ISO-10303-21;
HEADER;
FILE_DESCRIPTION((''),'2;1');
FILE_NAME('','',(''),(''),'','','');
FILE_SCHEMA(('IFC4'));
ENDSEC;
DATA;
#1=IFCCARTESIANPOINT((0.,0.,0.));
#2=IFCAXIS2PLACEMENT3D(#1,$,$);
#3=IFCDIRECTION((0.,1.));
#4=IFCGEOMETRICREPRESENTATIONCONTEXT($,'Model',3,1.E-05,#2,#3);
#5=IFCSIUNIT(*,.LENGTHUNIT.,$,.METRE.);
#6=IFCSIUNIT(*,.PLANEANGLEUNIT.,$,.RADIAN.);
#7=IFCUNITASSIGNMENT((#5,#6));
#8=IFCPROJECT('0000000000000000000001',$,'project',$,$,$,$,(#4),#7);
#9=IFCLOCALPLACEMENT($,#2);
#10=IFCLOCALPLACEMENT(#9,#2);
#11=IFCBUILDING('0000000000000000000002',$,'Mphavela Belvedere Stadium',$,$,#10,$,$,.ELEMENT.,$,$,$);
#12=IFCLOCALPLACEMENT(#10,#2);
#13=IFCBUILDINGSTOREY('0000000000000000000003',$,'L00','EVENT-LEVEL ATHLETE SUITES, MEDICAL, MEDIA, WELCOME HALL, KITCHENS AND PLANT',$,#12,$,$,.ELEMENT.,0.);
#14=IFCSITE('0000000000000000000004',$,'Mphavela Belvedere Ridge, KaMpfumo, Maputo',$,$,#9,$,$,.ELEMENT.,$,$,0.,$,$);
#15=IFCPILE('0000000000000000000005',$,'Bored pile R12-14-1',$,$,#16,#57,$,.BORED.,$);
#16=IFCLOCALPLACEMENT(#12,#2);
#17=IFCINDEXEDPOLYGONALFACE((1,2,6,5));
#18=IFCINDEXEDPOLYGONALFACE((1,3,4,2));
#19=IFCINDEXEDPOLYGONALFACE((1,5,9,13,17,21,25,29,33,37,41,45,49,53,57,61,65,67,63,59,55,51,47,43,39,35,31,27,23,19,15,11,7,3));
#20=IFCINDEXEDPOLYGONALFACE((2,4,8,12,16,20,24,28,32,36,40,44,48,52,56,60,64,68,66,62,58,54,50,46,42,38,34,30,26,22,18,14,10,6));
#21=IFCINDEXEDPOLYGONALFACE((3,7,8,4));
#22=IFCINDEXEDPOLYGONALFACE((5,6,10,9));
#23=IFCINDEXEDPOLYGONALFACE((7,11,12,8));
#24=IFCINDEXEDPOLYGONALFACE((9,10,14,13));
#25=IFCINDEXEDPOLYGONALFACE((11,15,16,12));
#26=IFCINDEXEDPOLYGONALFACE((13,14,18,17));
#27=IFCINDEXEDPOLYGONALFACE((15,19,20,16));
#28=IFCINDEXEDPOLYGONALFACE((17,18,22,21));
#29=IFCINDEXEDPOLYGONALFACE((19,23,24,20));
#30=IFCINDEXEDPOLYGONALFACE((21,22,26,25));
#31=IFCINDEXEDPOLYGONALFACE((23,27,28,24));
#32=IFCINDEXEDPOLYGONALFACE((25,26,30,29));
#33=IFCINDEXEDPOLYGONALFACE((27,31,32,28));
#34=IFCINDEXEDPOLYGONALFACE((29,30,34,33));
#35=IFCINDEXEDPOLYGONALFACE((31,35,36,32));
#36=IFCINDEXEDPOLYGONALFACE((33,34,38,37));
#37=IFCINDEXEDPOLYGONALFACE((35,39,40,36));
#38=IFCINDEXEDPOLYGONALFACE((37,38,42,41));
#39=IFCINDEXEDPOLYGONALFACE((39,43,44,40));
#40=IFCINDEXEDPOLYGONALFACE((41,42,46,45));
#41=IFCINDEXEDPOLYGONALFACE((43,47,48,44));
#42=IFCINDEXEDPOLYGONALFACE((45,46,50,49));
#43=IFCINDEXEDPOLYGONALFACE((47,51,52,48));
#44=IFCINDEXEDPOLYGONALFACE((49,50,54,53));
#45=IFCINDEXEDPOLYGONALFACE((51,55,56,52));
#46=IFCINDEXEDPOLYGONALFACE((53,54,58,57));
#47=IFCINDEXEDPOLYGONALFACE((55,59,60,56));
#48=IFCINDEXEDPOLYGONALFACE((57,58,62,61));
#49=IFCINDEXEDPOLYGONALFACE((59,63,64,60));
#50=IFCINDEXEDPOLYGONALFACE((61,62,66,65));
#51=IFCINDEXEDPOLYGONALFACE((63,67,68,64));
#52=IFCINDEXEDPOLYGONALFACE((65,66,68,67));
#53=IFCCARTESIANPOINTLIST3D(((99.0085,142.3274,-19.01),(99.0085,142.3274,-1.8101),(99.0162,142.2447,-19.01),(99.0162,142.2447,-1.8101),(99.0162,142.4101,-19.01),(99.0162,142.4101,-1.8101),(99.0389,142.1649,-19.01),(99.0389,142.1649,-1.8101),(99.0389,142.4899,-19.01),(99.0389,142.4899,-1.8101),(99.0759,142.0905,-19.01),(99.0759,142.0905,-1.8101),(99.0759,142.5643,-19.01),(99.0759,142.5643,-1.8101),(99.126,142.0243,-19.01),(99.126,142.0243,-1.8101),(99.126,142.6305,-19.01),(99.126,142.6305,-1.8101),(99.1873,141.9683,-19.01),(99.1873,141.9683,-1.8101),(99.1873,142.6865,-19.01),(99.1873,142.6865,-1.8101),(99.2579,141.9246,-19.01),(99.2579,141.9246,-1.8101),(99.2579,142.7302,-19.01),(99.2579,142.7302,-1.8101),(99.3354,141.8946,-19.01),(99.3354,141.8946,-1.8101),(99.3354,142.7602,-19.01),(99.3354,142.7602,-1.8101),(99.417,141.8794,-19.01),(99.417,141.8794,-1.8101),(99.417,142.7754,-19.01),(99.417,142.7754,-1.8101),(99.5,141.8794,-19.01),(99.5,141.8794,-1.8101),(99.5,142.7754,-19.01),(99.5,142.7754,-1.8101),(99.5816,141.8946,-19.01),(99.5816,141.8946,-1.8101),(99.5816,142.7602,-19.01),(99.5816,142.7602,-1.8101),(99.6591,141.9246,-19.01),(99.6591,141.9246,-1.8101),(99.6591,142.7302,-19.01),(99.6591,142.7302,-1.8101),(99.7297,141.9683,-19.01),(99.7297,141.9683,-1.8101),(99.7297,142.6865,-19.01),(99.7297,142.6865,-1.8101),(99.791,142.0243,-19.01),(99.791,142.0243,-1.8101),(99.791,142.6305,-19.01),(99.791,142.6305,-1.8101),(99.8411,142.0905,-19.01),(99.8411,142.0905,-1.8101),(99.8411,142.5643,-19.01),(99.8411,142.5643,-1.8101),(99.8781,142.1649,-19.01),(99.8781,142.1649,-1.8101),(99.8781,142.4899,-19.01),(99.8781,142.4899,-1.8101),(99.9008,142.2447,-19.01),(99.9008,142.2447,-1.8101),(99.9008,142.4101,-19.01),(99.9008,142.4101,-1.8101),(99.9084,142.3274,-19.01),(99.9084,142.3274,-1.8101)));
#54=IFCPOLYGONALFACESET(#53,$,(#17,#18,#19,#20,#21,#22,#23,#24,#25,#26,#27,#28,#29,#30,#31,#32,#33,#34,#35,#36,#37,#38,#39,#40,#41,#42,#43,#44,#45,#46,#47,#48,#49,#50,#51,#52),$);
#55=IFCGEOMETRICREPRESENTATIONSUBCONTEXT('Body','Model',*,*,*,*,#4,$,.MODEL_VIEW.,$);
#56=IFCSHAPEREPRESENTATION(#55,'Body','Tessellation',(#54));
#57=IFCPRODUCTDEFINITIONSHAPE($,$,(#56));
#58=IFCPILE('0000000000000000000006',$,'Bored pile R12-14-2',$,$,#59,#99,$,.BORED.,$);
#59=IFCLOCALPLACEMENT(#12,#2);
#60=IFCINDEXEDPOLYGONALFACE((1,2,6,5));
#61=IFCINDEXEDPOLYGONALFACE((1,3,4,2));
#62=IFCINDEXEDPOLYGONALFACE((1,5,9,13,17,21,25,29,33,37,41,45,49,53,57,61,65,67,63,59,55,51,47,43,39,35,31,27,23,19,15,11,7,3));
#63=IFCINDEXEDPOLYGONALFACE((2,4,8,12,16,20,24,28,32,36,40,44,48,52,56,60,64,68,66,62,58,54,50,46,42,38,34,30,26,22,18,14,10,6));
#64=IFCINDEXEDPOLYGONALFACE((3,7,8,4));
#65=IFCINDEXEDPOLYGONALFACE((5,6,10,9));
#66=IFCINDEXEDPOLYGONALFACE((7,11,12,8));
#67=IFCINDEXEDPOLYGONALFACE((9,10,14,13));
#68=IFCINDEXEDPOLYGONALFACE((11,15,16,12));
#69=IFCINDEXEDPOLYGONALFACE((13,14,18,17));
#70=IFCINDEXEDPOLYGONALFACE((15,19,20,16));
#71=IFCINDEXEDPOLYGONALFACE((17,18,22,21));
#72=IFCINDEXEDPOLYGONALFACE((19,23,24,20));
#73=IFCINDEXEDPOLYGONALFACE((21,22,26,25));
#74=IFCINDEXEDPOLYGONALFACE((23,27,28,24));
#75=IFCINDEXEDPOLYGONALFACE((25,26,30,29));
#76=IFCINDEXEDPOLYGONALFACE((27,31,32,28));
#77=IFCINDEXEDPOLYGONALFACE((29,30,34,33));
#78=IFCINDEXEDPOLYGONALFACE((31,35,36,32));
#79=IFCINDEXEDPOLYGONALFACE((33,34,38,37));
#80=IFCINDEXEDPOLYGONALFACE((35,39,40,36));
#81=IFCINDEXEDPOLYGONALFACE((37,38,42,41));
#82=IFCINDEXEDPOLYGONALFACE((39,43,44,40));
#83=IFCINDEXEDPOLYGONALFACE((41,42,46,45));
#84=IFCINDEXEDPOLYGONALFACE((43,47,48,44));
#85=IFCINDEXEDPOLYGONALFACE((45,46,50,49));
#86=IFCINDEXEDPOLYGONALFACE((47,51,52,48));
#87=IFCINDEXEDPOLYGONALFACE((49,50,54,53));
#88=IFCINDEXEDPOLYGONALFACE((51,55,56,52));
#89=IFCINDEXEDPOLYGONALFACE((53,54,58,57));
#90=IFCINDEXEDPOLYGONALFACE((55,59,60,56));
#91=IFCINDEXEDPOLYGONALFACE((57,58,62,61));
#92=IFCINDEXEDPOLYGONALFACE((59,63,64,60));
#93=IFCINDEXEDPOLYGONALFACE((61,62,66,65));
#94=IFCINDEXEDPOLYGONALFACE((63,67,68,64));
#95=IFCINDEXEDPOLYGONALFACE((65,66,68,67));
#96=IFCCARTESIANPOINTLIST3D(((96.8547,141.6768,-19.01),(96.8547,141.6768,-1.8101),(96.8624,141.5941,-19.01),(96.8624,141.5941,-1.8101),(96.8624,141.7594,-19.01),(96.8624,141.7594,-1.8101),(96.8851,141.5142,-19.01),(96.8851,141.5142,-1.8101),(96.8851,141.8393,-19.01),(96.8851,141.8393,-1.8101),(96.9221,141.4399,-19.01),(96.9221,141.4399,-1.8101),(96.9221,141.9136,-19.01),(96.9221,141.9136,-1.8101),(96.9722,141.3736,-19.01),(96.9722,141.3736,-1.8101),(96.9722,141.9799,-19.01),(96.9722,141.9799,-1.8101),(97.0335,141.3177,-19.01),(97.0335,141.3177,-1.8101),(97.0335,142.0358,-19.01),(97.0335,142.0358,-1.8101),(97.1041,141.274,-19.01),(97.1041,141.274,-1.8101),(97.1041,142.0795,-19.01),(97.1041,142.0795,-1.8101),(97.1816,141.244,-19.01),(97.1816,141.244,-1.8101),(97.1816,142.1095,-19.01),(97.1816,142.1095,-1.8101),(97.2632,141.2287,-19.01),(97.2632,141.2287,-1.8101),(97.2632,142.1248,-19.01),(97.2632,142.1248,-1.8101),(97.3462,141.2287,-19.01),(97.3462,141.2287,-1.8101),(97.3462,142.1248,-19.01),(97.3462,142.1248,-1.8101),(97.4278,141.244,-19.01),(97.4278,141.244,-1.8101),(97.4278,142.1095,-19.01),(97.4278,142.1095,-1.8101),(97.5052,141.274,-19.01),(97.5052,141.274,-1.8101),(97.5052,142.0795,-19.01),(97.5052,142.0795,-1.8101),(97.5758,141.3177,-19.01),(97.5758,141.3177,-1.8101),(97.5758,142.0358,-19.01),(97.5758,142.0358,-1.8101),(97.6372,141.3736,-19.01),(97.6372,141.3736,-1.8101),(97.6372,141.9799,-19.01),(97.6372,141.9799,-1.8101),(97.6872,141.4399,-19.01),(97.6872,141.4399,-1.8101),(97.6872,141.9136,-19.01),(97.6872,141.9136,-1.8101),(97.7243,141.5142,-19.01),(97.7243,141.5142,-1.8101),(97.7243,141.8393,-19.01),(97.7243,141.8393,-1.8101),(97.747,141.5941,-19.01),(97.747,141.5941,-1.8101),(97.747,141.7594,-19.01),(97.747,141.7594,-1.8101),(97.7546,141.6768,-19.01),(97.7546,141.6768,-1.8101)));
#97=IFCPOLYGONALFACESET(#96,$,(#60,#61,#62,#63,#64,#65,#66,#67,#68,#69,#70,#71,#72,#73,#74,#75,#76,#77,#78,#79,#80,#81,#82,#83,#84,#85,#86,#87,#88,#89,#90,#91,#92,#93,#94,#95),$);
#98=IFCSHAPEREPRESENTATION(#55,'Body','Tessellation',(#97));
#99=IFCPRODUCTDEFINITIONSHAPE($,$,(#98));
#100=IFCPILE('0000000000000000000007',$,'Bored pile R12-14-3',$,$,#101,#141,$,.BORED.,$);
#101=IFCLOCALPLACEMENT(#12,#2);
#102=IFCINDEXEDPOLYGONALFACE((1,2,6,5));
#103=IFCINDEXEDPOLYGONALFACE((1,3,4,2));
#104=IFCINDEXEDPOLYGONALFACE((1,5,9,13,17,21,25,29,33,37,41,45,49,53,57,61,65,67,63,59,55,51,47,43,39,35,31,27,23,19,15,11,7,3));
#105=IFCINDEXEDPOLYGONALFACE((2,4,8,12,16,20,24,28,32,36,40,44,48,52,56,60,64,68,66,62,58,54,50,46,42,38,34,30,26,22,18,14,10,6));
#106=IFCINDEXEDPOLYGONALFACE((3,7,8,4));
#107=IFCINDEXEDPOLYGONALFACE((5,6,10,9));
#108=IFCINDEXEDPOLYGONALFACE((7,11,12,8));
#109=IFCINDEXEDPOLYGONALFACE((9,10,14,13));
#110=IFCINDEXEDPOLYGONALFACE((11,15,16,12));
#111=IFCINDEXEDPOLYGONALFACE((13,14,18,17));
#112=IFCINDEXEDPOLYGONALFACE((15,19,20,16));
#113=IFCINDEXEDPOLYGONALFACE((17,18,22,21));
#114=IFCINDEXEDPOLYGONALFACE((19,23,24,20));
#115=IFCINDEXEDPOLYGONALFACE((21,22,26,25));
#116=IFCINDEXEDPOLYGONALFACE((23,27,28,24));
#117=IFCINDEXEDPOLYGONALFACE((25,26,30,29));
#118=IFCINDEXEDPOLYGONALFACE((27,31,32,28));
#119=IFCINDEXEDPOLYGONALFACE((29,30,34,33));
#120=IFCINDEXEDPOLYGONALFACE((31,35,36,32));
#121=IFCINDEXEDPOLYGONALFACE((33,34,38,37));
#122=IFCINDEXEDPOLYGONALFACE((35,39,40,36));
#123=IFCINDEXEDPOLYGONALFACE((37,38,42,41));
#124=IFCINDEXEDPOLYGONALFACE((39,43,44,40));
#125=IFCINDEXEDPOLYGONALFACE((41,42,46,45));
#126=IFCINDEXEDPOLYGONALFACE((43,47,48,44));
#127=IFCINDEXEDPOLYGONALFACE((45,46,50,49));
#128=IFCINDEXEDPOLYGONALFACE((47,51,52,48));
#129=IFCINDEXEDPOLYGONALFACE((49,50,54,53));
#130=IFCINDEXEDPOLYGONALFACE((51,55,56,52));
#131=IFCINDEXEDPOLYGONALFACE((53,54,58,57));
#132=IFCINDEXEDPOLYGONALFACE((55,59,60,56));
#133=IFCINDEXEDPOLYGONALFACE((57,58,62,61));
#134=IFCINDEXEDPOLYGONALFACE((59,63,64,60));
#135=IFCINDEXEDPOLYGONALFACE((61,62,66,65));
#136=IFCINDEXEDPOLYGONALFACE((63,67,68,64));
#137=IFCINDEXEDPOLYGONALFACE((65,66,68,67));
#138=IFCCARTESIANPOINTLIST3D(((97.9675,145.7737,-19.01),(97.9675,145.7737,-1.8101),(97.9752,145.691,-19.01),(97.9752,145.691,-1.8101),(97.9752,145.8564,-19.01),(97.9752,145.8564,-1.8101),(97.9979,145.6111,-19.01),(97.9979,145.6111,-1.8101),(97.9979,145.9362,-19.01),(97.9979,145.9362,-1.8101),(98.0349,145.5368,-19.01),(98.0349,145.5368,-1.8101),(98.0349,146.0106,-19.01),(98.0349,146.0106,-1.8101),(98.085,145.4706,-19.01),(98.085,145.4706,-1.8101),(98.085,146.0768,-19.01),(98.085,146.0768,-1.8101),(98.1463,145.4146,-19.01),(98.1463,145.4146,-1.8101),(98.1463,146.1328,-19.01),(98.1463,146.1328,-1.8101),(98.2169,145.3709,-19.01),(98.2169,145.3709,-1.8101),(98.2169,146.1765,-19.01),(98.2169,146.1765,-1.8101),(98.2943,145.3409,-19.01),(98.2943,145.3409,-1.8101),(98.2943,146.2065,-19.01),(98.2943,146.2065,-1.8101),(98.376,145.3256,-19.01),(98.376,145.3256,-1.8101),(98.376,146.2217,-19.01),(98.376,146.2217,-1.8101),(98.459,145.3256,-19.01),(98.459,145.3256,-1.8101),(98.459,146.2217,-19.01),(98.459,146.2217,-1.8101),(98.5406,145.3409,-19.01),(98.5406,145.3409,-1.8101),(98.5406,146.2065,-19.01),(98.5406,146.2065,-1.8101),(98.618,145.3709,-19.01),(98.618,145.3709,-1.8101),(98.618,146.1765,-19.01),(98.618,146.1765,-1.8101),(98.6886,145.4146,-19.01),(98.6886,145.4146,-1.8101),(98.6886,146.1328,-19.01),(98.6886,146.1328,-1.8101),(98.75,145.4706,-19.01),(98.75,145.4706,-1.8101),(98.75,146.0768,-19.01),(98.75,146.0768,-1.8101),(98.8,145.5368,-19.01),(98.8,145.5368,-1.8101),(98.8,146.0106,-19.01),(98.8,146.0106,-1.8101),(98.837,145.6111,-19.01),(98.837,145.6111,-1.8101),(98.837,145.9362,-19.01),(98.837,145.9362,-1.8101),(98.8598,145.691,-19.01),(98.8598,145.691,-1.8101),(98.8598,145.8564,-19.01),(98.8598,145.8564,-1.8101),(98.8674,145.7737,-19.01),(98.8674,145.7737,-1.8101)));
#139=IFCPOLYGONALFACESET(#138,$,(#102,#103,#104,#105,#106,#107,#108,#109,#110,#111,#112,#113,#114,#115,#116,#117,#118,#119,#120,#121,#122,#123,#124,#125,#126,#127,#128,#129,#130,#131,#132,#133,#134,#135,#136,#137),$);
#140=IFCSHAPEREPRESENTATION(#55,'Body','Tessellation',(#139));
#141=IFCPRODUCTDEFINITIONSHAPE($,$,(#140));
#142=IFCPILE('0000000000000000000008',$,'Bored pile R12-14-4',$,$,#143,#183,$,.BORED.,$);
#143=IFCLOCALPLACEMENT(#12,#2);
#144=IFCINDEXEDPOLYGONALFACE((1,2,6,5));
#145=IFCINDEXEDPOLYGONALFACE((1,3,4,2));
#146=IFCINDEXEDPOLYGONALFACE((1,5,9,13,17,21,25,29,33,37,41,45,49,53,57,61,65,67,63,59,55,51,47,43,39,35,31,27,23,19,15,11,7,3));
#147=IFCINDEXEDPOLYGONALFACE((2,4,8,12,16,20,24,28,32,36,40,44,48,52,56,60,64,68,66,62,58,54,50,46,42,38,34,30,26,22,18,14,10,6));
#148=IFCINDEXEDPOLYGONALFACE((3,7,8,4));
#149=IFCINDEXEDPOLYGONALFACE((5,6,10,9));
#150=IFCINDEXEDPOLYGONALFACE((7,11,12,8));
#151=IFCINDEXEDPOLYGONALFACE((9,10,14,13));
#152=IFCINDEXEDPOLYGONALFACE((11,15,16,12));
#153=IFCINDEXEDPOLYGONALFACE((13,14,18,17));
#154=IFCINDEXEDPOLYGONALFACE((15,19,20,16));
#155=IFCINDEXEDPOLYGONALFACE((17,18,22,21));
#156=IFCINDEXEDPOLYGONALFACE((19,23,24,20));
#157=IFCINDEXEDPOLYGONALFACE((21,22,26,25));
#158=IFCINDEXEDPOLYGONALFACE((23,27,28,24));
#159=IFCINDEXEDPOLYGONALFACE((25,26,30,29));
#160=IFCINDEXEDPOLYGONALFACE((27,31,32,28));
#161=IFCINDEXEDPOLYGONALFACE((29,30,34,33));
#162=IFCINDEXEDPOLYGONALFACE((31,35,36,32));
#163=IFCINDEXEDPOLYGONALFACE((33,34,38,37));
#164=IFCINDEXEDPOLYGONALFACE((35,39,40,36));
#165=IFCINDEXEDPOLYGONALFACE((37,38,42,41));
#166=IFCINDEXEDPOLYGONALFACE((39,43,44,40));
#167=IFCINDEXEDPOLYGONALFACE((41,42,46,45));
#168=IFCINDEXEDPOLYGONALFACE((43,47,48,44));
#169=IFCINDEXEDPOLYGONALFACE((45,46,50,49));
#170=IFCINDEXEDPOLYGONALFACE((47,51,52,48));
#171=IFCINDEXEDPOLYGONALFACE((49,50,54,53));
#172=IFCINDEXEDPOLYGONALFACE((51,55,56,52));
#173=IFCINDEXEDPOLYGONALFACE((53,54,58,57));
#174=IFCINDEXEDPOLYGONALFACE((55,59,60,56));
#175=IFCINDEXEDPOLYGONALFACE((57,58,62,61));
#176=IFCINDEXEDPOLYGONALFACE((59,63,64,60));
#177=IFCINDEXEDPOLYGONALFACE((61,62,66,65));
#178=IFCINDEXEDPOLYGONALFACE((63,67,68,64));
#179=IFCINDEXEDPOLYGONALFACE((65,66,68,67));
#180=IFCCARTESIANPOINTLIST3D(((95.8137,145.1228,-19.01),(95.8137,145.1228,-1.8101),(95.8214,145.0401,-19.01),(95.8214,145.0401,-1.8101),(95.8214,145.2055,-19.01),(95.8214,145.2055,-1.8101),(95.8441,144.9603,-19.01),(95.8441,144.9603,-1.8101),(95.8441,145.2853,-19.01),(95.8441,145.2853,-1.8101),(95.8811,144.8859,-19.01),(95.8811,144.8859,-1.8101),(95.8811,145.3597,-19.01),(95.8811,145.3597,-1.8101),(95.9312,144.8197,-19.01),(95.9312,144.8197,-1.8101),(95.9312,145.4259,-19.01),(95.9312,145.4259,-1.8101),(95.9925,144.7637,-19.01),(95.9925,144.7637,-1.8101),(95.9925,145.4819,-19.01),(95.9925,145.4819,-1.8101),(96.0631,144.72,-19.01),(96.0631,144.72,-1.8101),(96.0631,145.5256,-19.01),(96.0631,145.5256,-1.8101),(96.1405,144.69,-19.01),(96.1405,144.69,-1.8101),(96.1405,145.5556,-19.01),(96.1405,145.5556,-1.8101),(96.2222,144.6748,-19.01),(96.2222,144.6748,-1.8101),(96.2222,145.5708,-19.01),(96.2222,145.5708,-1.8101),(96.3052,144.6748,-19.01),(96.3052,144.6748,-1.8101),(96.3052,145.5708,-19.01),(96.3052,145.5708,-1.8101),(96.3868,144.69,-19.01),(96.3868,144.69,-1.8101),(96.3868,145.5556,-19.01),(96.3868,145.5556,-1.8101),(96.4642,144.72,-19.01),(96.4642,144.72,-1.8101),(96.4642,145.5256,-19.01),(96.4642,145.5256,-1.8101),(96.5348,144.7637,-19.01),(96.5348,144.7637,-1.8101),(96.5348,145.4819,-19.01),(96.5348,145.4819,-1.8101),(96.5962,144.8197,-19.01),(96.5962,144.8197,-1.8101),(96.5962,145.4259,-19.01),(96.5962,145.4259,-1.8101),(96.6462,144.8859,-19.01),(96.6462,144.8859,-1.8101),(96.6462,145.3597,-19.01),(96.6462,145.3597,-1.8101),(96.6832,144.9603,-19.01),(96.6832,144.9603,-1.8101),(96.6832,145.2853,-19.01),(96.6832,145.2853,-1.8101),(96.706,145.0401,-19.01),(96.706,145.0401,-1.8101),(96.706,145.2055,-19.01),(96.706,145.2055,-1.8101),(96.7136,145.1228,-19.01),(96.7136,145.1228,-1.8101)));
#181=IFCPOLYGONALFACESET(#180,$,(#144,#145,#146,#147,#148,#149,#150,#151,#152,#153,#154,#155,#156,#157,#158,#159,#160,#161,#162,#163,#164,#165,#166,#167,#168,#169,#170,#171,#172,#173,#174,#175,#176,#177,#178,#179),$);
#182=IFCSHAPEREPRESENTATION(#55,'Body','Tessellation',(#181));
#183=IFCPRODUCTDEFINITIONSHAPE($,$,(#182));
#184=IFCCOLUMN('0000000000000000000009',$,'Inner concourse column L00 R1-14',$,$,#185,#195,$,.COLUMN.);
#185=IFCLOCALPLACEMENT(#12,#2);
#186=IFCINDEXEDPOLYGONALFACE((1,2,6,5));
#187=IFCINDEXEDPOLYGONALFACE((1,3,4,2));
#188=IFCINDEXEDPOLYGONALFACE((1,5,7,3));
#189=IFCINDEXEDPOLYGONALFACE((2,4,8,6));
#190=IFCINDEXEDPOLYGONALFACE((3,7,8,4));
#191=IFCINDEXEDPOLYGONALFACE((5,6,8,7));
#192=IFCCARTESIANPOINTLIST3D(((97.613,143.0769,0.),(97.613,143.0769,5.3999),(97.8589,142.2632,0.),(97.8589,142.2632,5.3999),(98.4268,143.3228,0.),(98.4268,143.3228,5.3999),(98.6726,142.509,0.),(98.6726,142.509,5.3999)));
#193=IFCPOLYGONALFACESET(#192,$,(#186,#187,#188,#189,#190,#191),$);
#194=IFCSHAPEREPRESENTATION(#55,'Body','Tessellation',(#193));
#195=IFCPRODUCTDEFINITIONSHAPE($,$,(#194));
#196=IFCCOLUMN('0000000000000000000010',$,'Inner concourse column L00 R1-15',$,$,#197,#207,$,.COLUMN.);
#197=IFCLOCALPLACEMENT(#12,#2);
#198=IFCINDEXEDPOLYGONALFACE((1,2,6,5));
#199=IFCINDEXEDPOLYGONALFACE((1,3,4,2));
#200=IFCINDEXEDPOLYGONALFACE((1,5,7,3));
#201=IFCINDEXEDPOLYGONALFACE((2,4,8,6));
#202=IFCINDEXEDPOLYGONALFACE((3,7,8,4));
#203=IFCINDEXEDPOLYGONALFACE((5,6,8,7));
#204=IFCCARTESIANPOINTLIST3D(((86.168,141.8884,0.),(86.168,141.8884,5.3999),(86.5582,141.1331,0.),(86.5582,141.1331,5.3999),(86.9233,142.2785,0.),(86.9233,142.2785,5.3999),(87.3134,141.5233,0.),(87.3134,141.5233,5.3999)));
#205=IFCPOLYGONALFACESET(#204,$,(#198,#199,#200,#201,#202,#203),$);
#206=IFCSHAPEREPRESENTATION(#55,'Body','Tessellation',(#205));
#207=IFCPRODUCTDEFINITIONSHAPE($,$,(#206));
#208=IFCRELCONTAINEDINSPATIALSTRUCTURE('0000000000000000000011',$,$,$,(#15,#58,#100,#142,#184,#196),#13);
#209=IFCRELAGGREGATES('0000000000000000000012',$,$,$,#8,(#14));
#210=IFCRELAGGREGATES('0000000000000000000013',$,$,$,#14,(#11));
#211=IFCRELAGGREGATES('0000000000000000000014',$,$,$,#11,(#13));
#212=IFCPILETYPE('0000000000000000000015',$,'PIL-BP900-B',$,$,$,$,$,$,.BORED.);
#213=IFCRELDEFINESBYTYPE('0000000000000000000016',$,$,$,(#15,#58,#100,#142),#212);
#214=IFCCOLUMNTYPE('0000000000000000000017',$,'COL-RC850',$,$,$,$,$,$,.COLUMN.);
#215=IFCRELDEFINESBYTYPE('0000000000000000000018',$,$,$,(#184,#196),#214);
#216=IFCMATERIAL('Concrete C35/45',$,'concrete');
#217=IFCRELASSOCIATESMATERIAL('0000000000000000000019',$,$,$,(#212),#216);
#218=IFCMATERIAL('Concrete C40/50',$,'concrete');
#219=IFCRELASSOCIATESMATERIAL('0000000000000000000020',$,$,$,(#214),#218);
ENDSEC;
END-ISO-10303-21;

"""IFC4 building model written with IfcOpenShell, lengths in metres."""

from ifc_helpers import new_model, si_unit, direction, frame, origin, origin_2d, place, context, subcontext, project, spatial, rectangle, circle, extrude, material, material_profile, profile_set, type_object, element, save


model = new_model("IFC4")

# Units and contexts
model_context = context("Model", 3, precision=1e-05, world=origin(), true_north=direction((0.0, 1.0)))
body_context = subcontext(model_context, "Body", "Model", "MODEL_VIEW")
ifc_project = project(units=[si_unit("LENGTHUNIT", "METRE"), si_unit("PLANEANGLEUNIT", "RADIAN")], contexts=[model_context])

# Site, building, storey
site_placement = place(None, origin())
site = spatial("IfcSite", under=ifc_project, at=site_placement, Name="Mphavela Belvedere Ridge, KaMpfumo, Maputo", CompositionType="ELEMENT", RefElevation=0.0)
building_placement = place(site_placement, origin())
building = spatial("IfcBuilding", under=site, at=building_placement, Name="Mphavela Belvedere Stadium", CompositionType="ELEMENT")
storey_placement = place(building_placement, origin())
storey = spatial("IfcBuildingStorey", under=building, at=storey_placement, Name="L00", Description="EVENT-LEVEL ATHLETE SUITES, MEDICAL, MEDIA, WELCOME HALL, KITCHENS AND PLANT", CompositionType="ELEMENT", Elevation=0.0)

# Piles
ifc_material_1 = material(Name="Concrete C35/45", Category="concrete")
ifc_material_profile_1 = material_profile(ifc_material_1, circle(Radius=0.45, at=origin_2d()), Name="BP D900")
ifc_profile_set_1 = profile_set([ifc_material_profile_1], Name="Concrete C35/45")
pile_type_1 = type_object("IfcPileType", Name="PIL-BP900-B", PredefinedType="BORED", material=ifc_profile_set_1)
for number, where, z_axis, x_axis, name in (
    (1, (99.4585, 142.3274, -1.8101), (0.0, 0.0, -1.0), (1.0, 0.0, 0.0), "Bored pile R12-14-1"),
    (2, (97.3047, 141.6768, -1.8101), (0.0, 0.0, -1.0), (1.0, 0.0, 0.0), "Bored pile R12-14-2"),
    (3, (98.4175, 145.7737, -1.8101), (0.0, 0.0, -1.0), (1.0, 0.0, 0.0), "Bored pile R12-14-3"),
    (4, (96.2637, 145.1228, -1.8101), (0.0, 0.0, -1.0), (1.0, 0.0, 0.0), "Bored pile R12-14-4"),
):
    element("IfcPile", number, at=place(storey_placement, frame(where, z_axis=z_axis, x_axis=x_axis)), inside=storey, type_object=pile_type_1, Name=name, PredefinedType="BORED", context=body_context, shape_type="SweptSolid", body=[
        extrude(circle(Radius=0.45, at=origin_2d()), origin(), (0.0, 0.0, 1.0), 17.2),
    ])

# Columns
ifc_material_2 = material(Name="Concrete C40/50", Category="concrete")
ifc_material_profile_2 = material_profile(ifc_material_2, rectangle(XDim=0.8501, YDim=0.8501, at=origin_2d()), Name="RC 850x850")
ifc_profile_set_2 = profile_set([ifc_material_profile_2], Name="Concrete C40/50")
column_type_1 = type_object("IfcColumnType", Name="COL-RC850", PredefinedType="COLUMN", material=ifc_profile_set_2)
for number, where, z_axis, x_axis, name in (
    (5, (98.1428, 142.793, 0.0), (0.0, 0.0, 1.0), (-0.289199, 0.957269, 0.0), "Inner concourse column L00 R1-14"),
    (6, (86.7407, 141.7058, 0.0), (0.0, 0.0, 1.0), (-0.45896, 0.888457, 0.0), "Inner concourse column L00 R1-15"),
):
    element("IfcColumn", number, at=place(storey_placement, frame(where, z_axis=z_axis, x_axis=x_axis)), inside=storey, type_object=column_type_1, Name=name, PredefinedType="COLUMN", context=body_context, shape_type="SweptSolid", body=[
        extrude(rectangle(XDim=0.8501, YDim=0.8501, at=origin_2d()), origin(), (0.0, 0.0, 1.0), 5.3999),
    ])

save(model, "model.ifc")
